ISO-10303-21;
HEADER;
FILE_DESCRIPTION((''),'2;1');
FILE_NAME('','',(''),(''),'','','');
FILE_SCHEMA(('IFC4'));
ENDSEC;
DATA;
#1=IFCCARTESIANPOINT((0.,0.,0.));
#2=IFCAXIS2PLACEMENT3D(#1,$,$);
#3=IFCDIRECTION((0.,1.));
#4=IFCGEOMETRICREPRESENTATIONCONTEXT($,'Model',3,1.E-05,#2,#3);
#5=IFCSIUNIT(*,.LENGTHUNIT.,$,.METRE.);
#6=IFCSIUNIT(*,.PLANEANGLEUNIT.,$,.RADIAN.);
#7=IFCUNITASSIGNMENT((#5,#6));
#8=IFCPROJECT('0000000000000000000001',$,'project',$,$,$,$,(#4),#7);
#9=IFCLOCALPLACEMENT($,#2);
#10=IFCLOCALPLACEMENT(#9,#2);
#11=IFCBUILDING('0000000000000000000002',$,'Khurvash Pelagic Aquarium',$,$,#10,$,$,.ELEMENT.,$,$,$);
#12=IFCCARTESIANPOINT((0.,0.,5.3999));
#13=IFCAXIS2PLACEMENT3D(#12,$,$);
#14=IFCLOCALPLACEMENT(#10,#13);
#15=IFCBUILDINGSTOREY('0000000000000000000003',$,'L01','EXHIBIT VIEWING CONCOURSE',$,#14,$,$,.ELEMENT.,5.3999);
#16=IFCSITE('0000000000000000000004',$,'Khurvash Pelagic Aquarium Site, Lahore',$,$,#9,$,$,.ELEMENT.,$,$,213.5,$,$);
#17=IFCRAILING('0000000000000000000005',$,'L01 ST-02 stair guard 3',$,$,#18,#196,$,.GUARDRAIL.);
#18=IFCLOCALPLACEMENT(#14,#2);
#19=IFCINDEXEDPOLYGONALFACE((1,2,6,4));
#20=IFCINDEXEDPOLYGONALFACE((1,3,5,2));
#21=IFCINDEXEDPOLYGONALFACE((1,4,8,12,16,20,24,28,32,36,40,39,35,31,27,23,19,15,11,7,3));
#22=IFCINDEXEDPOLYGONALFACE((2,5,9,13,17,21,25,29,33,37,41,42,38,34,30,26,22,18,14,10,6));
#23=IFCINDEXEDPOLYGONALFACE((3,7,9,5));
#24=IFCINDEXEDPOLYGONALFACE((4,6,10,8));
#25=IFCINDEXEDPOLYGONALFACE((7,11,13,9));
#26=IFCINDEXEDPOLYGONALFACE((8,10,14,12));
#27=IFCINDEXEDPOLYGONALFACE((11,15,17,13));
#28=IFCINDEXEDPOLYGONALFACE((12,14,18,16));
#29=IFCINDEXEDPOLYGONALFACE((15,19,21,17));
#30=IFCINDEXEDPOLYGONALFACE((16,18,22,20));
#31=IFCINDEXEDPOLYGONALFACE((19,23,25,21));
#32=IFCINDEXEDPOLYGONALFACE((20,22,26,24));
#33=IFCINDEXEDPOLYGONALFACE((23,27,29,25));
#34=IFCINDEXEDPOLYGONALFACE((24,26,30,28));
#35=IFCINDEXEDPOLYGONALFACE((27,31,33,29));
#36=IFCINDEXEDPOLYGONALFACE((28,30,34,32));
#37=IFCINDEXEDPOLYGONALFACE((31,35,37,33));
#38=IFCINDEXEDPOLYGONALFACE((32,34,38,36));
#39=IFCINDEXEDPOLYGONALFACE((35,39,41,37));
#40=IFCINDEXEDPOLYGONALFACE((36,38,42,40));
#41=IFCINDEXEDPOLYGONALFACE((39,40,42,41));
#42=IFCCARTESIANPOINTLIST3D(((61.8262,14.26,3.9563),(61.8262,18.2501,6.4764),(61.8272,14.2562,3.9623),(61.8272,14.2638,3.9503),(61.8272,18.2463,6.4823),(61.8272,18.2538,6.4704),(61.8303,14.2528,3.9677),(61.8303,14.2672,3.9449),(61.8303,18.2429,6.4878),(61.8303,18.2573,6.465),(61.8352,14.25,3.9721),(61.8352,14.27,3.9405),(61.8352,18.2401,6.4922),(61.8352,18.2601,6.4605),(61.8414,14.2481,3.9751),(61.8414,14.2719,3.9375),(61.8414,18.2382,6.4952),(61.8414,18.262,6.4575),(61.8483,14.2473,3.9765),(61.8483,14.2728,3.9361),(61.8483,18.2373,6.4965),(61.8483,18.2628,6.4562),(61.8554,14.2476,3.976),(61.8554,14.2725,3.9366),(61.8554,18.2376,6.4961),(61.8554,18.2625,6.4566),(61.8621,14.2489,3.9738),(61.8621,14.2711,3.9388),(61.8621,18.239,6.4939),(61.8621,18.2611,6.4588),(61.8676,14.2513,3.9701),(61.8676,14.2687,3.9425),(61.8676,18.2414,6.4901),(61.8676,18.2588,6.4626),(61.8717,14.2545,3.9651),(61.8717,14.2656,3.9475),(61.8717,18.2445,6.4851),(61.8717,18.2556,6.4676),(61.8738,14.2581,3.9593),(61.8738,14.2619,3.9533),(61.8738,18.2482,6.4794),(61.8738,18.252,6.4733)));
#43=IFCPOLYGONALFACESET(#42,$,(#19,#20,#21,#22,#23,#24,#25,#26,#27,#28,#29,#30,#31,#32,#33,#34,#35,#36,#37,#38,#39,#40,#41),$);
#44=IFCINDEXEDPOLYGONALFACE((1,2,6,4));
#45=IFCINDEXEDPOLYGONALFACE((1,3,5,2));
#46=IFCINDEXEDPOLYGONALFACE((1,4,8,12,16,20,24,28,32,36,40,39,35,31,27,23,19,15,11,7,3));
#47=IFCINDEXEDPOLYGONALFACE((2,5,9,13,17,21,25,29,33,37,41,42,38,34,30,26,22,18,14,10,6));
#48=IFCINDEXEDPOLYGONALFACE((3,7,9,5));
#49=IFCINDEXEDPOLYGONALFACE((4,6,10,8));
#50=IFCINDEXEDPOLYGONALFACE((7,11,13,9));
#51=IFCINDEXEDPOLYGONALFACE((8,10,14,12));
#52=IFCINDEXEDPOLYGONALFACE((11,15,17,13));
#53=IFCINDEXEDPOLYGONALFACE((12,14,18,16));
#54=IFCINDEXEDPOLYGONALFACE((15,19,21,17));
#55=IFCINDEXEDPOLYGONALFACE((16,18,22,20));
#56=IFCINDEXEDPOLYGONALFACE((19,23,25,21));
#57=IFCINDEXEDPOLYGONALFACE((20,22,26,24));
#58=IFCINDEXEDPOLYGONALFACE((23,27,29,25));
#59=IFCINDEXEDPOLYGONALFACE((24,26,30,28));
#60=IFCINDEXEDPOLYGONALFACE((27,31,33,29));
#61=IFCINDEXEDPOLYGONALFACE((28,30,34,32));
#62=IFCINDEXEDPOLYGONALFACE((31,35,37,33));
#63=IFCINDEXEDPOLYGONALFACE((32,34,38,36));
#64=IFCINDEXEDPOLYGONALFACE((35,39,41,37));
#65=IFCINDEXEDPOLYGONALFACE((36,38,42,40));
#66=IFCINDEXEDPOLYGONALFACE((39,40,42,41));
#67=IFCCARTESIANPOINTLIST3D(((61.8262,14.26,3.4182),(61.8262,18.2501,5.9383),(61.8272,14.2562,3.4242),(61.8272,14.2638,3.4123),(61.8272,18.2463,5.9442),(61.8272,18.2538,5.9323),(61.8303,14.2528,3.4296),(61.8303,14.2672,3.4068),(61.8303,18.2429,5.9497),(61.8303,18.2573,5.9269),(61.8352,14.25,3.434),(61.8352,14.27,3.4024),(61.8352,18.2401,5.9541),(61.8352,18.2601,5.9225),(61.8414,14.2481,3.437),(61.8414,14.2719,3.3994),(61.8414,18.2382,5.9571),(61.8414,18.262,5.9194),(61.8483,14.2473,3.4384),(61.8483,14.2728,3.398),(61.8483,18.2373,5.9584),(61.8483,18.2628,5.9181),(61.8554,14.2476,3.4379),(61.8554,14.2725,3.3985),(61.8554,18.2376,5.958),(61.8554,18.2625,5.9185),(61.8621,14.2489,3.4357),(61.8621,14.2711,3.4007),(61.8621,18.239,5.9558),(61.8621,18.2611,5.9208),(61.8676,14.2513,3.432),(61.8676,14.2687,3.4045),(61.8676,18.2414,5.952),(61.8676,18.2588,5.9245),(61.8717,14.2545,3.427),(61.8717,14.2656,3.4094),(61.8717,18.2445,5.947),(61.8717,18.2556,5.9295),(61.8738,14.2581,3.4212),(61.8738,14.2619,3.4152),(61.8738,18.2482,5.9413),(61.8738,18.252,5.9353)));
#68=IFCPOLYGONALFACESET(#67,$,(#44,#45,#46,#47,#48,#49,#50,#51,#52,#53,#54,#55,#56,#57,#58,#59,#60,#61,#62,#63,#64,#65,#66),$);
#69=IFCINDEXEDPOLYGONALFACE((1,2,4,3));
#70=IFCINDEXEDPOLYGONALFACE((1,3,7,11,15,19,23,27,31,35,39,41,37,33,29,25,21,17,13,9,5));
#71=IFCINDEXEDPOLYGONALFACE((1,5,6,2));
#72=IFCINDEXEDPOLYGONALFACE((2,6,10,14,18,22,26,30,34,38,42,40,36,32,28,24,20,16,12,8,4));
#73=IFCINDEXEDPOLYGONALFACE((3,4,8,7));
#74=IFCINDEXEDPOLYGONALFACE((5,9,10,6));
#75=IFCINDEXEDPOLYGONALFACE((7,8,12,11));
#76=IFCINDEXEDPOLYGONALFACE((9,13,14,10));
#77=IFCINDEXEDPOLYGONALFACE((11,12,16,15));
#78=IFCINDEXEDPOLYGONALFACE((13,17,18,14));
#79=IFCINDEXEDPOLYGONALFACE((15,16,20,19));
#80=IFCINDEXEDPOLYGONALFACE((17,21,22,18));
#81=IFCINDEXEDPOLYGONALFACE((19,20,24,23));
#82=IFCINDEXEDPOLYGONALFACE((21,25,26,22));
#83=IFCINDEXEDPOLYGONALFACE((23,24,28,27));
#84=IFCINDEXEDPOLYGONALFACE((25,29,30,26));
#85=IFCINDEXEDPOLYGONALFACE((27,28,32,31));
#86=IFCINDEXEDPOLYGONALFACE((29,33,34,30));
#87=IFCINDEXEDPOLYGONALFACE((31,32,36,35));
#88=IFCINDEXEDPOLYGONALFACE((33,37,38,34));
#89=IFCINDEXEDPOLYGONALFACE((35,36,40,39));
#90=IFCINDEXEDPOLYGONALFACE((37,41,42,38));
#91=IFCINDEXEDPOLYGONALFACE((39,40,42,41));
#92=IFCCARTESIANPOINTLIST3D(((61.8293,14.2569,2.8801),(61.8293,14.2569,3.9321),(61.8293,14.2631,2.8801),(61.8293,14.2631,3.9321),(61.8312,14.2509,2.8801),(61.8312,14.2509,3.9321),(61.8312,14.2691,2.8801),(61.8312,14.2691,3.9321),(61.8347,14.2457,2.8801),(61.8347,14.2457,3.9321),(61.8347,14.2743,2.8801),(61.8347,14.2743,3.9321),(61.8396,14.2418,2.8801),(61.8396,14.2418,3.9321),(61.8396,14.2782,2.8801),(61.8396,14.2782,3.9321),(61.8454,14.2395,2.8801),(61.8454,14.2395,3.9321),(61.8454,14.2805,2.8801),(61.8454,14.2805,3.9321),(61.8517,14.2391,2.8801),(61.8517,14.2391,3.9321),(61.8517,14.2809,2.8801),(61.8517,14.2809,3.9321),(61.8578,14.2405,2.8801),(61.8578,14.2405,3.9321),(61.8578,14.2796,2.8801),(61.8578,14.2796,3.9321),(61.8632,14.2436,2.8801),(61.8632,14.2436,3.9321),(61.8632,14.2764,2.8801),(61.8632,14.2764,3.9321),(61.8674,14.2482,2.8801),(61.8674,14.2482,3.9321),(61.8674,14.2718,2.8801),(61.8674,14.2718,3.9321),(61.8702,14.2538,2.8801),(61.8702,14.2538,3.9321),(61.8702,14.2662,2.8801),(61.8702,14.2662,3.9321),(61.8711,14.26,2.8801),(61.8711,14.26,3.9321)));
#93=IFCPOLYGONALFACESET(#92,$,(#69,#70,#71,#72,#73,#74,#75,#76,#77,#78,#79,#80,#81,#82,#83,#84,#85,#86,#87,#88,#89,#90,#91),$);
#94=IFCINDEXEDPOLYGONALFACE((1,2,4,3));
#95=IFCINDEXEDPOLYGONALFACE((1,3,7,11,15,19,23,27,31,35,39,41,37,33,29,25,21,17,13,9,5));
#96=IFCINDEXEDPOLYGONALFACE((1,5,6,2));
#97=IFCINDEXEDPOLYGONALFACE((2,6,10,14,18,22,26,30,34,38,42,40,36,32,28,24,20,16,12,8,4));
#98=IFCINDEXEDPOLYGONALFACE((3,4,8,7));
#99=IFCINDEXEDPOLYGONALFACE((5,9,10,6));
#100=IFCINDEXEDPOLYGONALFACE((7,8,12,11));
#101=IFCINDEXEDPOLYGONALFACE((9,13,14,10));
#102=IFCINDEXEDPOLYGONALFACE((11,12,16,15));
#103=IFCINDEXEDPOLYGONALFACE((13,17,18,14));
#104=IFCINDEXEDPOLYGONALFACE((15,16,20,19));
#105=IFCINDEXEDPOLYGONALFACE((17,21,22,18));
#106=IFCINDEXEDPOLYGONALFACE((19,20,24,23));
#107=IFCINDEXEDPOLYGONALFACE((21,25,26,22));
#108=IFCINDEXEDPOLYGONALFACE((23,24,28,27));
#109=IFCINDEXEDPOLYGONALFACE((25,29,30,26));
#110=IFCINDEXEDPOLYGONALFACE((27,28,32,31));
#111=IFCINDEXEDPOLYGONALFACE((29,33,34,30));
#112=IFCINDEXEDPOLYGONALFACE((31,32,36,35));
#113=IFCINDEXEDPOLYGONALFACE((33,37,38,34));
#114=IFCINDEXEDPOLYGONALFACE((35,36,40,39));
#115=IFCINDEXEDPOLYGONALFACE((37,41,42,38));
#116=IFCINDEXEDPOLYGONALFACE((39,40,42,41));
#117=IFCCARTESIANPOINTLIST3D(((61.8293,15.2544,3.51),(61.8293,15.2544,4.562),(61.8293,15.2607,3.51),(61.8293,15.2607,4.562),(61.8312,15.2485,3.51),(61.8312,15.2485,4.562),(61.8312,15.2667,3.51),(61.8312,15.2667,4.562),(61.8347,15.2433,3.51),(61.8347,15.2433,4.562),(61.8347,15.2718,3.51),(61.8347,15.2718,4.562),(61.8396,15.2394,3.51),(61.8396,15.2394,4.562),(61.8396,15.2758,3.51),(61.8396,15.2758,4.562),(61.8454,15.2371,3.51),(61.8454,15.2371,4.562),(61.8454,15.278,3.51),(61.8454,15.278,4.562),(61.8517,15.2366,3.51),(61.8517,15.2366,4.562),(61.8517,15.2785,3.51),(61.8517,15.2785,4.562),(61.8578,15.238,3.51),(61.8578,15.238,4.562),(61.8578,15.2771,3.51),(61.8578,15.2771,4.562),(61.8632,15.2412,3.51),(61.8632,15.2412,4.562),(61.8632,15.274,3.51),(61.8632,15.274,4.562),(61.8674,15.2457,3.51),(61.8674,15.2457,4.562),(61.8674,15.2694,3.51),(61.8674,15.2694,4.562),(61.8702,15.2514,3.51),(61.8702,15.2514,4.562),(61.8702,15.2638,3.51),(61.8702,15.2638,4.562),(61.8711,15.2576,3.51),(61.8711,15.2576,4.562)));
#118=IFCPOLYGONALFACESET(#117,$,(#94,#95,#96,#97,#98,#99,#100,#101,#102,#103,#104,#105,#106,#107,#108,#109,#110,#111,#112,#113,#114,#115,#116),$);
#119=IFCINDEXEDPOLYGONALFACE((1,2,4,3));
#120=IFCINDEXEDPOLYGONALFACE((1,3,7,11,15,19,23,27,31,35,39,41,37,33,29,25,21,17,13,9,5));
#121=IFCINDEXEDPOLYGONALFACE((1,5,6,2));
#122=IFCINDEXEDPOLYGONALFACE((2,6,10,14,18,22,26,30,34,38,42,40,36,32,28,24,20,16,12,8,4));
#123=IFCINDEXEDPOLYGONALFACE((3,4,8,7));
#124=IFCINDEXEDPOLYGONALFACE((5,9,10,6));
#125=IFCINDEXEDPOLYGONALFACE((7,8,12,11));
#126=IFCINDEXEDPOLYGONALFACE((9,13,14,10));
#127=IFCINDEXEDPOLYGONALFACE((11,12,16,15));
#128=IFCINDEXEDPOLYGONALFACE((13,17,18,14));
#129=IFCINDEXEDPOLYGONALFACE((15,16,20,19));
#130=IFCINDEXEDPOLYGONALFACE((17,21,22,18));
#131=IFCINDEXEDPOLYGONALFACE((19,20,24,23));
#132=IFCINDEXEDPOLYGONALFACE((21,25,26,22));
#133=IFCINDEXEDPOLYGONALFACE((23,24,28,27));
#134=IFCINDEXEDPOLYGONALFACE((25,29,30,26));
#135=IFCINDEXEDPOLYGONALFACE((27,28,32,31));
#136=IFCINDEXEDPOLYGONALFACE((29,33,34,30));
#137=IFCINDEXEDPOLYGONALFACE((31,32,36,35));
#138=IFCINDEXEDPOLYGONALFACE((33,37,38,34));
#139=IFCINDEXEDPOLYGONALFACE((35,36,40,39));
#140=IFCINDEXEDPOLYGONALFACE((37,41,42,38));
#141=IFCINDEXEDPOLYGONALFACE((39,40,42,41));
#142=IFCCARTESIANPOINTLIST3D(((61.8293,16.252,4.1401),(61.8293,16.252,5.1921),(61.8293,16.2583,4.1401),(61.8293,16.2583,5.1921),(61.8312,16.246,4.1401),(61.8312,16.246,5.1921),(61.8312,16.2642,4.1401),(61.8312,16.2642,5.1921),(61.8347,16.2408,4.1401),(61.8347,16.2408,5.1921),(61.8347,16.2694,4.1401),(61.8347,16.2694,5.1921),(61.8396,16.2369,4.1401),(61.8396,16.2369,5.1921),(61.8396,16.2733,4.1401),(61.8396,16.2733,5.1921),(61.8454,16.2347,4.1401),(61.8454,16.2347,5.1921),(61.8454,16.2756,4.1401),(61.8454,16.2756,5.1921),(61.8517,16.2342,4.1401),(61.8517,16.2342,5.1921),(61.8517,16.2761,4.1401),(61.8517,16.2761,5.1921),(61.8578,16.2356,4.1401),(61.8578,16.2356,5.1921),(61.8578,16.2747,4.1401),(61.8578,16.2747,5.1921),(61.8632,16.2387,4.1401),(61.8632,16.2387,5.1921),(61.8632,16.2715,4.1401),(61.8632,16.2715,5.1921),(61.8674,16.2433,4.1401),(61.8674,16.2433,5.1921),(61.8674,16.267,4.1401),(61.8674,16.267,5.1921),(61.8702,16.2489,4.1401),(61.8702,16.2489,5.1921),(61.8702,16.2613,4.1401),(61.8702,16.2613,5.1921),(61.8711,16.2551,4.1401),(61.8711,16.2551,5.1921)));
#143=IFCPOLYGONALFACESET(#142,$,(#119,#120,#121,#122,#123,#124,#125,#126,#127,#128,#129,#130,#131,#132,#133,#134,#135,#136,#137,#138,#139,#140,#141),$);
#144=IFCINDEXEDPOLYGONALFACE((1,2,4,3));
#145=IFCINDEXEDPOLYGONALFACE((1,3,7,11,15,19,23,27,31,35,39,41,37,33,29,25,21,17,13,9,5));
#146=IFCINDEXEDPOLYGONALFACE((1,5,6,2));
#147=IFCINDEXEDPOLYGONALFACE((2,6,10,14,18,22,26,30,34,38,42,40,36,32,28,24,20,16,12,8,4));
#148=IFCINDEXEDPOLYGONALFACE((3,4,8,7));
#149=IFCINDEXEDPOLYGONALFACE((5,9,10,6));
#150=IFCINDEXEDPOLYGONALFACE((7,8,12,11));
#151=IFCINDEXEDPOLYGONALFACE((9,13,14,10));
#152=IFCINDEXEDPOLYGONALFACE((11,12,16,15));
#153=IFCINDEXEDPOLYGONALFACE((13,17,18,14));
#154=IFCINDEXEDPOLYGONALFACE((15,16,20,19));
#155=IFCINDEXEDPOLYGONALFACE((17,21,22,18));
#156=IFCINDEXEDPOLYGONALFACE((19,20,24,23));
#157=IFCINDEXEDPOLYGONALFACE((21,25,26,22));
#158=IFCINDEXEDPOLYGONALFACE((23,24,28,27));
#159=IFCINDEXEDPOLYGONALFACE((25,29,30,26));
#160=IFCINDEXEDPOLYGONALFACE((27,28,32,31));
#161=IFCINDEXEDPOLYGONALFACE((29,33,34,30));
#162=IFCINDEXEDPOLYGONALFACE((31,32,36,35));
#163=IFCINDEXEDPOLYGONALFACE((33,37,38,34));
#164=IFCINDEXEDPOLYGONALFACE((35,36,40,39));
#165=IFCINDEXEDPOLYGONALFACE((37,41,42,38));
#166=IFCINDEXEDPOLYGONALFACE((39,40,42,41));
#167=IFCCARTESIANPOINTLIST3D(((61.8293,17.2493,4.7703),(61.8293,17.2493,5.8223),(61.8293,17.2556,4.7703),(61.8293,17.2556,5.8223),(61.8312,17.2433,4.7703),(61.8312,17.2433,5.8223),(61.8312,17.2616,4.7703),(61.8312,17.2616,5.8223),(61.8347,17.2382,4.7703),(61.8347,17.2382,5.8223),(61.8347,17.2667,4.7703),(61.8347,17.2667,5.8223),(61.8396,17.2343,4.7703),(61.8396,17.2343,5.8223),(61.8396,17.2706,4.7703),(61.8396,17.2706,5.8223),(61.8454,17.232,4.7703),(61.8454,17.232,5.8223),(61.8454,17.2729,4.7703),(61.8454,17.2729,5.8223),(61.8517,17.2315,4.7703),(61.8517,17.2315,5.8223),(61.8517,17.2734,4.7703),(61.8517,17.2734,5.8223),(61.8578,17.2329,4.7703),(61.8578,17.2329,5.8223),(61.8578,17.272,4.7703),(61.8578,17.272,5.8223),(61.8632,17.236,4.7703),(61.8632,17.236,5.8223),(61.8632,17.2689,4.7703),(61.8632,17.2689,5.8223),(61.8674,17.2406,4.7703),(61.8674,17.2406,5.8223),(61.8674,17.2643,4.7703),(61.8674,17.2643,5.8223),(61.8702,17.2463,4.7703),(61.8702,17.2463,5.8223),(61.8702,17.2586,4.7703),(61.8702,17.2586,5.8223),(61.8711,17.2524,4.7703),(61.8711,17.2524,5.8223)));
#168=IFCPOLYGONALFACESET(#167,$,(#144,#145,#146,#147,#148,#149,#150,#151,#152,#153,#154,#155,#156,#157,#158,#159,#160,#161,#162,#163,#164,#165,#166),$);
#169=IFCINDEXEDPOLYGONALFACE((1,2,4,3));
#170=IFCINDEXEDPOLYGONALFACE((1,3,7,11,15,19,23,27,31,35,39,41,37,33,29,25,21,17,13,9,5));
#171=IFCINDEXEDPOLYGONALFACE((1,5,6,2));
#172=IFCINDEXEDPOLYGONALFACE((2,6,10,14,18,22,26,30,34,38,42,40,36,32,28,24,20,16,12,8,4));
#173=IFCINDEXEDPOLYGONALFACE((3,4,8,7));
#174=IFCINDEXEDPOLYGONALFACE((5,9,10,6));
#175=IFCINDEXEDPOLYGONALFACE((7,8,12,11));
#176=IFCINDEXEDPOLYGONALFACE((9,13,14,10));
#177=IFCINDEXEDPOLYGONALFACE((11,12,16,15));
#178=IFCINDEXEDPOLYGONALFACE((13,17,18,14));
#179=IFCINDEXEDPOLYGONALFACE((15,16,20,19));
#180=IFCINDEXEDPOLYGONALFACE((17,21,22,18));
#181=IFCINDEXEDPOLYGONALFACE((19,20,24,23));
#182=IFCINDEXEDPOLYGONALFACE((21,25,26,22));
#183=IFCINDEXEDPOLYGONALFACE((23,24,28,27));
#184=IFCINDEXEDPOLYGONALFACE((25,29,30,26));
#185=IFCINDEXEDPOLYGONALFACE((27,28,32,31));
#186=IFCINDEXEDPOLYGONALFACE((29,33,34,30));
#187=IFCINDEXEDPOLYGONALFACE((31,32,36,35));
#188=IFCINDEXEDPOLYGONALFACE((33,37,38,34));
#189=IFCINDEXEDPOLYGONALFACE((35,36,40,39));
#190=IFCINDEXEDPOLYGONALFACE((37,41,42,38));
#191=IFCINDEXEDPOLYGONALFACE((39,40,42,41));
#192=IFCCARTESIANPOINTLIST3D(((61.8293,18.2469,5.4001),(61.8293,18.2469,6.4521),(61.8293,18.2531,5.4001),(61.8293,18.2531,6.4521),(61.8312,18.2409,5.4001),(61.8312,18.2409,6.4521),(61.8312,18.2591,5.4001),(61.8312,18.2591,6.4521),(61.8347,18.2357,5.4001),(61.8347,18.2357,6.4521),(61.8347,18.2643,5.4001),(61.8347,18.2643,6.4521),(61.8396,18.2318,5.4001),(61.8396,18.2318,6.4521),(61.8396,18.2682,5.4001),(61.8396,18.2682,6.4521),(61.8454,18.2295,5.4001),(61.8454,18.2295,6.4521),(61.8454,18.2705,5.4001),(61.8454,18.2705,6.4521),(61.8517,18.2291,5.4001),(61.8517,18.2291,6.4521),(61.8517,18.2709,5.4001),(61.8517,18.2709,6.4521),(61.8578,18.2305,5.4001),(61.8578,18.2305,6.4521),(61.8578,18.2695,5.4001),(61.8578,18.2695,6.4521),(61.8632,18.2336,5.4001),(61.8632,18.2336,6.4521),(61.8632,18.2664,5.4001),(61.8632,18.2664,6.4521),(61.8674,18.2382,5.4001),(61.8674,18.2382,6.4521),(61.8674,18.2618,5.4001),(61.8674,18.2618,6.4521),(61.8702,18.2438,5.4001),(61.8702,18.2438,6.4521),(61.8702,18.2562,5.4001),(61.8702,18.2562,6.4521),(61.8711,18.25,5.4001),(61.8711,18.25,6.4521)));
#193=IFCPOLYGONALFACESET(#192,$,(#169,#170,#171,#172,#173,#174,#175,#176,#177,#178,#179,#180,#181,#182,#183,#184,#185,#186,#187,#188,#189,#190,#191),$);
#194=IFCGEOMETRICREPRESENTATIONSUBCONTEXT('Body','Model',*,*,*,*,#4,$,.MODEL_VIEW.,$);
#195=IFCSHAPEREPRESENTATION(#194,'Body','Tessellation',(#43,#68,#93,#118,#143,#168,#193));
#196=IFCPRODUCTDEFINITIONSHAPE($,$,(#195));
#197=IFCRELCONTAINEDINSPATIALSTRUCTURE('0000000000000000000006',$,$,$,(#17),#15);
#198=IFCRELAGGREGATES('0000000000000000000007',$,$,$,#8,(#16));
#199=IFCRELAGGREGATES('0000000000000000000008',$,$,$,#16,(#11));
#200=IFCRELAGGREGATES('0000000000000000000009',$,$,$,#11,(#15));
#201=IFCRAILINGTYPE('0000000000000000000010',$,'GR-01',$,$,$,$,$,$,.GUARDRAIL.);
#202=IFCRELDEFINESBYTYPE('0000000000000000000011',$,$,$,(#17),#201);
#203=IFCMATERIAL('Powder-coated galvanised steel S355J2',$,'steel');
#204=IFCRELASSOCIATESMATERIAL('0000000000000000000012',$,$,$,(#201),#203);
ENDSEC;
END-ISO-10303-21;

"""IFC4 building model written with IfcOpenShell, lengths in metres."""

from ifc_helpers import new_model, si_unit, direction, frame, origin, origin_2d, place, context, subcontext, project, spatial, circle, extrude, material, type_object, element, save


model = new_model("IFC4")

# Units and contexts
model_context = context("Model", 3, precision=1e-05, world=origin(), true_north=direction((0.0, 1.0)))
body_context = subcontext(model_context, "Body", "Model", "MODEL_VIEW")
ifc_project = project(units=[si_unit("LENGTHUNIT", "METRE"), si_unit("PLANEANGLEUNIT", "RADIAN")], contexts=[model_context])

# Site, building, storey
site_placement = place(None, origin())
site = spatial("IfcSite", under=ifc_project, at=site_placement, Name="Khurvash Pelagic Aquarium Site, Lahore", CompositionType="ELEMENT", RefElevation=213.5)
building_placement = place(site_placement, origin())
building = spatial("IfcBuilding", under=site, at=building_placement, Name="Khurvash Pelagic Aquarium", CompositionType="ELEMENT")
storey_placement = place(building_placement, frame((0.0, 0.0, 5.3999)))
storey = spatial("IfcBuildingStorey", under=building, at=storey_placement, Name="L01", Description="EXHIBIT VIEWING CONCOURSE", CompositionType="ELEMENT", Elevation=5.3999)

# Railing
ifc_material_1 = material(Name="Powder-coated galvanised steel S355J2", Category="steel")
railing_type_1 = type_object("IfcRailingType", Name="GR-01", PredefinedType="GUARDRAIL", material=ifc_material_1)
railing_1_placement = place(storey_placement, frame((61.8501, 14.26, 2.8801)))
element("IfcRailing", 1, at=railing_1_placement, inside=storey, type_object=railing_type_1, Name="L01 ST-02 stair guard 3", PredefinedType="GUARDRAIL", context=body_context, shape_type="SweptSolid", body=[
    extrude(circle(Radius=0.0239, at=origin_2d()), frame((0.0, 0.0, 1.0762), z_axis=(0.0, 0.845486, 0.533997), x_axis=(-1.0, 0.0, 0.0)), (0.0, 0.0, 1.0), 4.7192),
    extrude(circle(Radius=0.0239, at=origin_2d()), frame((0.0, 0.0, 0.5381), z_axis=(0.0, 0.845486, 0.533997), x_axis=(-1.0, 0.0, 0.0)), (0.0, 0.0, 1.0), 4.7192),
    extrude(circle(Radius=0.021, at=origin_2d()), origin(), (0.0, 0.0, 1.0), 1.052),
    extrude(circle(Radius=0.021, at=origin_2d()), frame((0.0, 0.9976, 0.6299)), (0.0, 0.0, 1.0), 1.052),
    extrude(circle(Radius=0.021, at=origin_2d()), frame((0.0, 1.9951, 1.26)), (0.0, 0.0, 1.0), 1.052),
    extrude(circle(Radius=0.021, at=origin_2d()), frame((0.0, 2.9924, 1.8901)), (0.0, 0.0, 1.0), 1.052),
    extrude(circle(Radius=0.021, at=origin_2d()), frame((0.0, 3.99, 2.52)), (0.0, 0.0, 1.0), 1.052),
])

save(model, "model.ifc")
